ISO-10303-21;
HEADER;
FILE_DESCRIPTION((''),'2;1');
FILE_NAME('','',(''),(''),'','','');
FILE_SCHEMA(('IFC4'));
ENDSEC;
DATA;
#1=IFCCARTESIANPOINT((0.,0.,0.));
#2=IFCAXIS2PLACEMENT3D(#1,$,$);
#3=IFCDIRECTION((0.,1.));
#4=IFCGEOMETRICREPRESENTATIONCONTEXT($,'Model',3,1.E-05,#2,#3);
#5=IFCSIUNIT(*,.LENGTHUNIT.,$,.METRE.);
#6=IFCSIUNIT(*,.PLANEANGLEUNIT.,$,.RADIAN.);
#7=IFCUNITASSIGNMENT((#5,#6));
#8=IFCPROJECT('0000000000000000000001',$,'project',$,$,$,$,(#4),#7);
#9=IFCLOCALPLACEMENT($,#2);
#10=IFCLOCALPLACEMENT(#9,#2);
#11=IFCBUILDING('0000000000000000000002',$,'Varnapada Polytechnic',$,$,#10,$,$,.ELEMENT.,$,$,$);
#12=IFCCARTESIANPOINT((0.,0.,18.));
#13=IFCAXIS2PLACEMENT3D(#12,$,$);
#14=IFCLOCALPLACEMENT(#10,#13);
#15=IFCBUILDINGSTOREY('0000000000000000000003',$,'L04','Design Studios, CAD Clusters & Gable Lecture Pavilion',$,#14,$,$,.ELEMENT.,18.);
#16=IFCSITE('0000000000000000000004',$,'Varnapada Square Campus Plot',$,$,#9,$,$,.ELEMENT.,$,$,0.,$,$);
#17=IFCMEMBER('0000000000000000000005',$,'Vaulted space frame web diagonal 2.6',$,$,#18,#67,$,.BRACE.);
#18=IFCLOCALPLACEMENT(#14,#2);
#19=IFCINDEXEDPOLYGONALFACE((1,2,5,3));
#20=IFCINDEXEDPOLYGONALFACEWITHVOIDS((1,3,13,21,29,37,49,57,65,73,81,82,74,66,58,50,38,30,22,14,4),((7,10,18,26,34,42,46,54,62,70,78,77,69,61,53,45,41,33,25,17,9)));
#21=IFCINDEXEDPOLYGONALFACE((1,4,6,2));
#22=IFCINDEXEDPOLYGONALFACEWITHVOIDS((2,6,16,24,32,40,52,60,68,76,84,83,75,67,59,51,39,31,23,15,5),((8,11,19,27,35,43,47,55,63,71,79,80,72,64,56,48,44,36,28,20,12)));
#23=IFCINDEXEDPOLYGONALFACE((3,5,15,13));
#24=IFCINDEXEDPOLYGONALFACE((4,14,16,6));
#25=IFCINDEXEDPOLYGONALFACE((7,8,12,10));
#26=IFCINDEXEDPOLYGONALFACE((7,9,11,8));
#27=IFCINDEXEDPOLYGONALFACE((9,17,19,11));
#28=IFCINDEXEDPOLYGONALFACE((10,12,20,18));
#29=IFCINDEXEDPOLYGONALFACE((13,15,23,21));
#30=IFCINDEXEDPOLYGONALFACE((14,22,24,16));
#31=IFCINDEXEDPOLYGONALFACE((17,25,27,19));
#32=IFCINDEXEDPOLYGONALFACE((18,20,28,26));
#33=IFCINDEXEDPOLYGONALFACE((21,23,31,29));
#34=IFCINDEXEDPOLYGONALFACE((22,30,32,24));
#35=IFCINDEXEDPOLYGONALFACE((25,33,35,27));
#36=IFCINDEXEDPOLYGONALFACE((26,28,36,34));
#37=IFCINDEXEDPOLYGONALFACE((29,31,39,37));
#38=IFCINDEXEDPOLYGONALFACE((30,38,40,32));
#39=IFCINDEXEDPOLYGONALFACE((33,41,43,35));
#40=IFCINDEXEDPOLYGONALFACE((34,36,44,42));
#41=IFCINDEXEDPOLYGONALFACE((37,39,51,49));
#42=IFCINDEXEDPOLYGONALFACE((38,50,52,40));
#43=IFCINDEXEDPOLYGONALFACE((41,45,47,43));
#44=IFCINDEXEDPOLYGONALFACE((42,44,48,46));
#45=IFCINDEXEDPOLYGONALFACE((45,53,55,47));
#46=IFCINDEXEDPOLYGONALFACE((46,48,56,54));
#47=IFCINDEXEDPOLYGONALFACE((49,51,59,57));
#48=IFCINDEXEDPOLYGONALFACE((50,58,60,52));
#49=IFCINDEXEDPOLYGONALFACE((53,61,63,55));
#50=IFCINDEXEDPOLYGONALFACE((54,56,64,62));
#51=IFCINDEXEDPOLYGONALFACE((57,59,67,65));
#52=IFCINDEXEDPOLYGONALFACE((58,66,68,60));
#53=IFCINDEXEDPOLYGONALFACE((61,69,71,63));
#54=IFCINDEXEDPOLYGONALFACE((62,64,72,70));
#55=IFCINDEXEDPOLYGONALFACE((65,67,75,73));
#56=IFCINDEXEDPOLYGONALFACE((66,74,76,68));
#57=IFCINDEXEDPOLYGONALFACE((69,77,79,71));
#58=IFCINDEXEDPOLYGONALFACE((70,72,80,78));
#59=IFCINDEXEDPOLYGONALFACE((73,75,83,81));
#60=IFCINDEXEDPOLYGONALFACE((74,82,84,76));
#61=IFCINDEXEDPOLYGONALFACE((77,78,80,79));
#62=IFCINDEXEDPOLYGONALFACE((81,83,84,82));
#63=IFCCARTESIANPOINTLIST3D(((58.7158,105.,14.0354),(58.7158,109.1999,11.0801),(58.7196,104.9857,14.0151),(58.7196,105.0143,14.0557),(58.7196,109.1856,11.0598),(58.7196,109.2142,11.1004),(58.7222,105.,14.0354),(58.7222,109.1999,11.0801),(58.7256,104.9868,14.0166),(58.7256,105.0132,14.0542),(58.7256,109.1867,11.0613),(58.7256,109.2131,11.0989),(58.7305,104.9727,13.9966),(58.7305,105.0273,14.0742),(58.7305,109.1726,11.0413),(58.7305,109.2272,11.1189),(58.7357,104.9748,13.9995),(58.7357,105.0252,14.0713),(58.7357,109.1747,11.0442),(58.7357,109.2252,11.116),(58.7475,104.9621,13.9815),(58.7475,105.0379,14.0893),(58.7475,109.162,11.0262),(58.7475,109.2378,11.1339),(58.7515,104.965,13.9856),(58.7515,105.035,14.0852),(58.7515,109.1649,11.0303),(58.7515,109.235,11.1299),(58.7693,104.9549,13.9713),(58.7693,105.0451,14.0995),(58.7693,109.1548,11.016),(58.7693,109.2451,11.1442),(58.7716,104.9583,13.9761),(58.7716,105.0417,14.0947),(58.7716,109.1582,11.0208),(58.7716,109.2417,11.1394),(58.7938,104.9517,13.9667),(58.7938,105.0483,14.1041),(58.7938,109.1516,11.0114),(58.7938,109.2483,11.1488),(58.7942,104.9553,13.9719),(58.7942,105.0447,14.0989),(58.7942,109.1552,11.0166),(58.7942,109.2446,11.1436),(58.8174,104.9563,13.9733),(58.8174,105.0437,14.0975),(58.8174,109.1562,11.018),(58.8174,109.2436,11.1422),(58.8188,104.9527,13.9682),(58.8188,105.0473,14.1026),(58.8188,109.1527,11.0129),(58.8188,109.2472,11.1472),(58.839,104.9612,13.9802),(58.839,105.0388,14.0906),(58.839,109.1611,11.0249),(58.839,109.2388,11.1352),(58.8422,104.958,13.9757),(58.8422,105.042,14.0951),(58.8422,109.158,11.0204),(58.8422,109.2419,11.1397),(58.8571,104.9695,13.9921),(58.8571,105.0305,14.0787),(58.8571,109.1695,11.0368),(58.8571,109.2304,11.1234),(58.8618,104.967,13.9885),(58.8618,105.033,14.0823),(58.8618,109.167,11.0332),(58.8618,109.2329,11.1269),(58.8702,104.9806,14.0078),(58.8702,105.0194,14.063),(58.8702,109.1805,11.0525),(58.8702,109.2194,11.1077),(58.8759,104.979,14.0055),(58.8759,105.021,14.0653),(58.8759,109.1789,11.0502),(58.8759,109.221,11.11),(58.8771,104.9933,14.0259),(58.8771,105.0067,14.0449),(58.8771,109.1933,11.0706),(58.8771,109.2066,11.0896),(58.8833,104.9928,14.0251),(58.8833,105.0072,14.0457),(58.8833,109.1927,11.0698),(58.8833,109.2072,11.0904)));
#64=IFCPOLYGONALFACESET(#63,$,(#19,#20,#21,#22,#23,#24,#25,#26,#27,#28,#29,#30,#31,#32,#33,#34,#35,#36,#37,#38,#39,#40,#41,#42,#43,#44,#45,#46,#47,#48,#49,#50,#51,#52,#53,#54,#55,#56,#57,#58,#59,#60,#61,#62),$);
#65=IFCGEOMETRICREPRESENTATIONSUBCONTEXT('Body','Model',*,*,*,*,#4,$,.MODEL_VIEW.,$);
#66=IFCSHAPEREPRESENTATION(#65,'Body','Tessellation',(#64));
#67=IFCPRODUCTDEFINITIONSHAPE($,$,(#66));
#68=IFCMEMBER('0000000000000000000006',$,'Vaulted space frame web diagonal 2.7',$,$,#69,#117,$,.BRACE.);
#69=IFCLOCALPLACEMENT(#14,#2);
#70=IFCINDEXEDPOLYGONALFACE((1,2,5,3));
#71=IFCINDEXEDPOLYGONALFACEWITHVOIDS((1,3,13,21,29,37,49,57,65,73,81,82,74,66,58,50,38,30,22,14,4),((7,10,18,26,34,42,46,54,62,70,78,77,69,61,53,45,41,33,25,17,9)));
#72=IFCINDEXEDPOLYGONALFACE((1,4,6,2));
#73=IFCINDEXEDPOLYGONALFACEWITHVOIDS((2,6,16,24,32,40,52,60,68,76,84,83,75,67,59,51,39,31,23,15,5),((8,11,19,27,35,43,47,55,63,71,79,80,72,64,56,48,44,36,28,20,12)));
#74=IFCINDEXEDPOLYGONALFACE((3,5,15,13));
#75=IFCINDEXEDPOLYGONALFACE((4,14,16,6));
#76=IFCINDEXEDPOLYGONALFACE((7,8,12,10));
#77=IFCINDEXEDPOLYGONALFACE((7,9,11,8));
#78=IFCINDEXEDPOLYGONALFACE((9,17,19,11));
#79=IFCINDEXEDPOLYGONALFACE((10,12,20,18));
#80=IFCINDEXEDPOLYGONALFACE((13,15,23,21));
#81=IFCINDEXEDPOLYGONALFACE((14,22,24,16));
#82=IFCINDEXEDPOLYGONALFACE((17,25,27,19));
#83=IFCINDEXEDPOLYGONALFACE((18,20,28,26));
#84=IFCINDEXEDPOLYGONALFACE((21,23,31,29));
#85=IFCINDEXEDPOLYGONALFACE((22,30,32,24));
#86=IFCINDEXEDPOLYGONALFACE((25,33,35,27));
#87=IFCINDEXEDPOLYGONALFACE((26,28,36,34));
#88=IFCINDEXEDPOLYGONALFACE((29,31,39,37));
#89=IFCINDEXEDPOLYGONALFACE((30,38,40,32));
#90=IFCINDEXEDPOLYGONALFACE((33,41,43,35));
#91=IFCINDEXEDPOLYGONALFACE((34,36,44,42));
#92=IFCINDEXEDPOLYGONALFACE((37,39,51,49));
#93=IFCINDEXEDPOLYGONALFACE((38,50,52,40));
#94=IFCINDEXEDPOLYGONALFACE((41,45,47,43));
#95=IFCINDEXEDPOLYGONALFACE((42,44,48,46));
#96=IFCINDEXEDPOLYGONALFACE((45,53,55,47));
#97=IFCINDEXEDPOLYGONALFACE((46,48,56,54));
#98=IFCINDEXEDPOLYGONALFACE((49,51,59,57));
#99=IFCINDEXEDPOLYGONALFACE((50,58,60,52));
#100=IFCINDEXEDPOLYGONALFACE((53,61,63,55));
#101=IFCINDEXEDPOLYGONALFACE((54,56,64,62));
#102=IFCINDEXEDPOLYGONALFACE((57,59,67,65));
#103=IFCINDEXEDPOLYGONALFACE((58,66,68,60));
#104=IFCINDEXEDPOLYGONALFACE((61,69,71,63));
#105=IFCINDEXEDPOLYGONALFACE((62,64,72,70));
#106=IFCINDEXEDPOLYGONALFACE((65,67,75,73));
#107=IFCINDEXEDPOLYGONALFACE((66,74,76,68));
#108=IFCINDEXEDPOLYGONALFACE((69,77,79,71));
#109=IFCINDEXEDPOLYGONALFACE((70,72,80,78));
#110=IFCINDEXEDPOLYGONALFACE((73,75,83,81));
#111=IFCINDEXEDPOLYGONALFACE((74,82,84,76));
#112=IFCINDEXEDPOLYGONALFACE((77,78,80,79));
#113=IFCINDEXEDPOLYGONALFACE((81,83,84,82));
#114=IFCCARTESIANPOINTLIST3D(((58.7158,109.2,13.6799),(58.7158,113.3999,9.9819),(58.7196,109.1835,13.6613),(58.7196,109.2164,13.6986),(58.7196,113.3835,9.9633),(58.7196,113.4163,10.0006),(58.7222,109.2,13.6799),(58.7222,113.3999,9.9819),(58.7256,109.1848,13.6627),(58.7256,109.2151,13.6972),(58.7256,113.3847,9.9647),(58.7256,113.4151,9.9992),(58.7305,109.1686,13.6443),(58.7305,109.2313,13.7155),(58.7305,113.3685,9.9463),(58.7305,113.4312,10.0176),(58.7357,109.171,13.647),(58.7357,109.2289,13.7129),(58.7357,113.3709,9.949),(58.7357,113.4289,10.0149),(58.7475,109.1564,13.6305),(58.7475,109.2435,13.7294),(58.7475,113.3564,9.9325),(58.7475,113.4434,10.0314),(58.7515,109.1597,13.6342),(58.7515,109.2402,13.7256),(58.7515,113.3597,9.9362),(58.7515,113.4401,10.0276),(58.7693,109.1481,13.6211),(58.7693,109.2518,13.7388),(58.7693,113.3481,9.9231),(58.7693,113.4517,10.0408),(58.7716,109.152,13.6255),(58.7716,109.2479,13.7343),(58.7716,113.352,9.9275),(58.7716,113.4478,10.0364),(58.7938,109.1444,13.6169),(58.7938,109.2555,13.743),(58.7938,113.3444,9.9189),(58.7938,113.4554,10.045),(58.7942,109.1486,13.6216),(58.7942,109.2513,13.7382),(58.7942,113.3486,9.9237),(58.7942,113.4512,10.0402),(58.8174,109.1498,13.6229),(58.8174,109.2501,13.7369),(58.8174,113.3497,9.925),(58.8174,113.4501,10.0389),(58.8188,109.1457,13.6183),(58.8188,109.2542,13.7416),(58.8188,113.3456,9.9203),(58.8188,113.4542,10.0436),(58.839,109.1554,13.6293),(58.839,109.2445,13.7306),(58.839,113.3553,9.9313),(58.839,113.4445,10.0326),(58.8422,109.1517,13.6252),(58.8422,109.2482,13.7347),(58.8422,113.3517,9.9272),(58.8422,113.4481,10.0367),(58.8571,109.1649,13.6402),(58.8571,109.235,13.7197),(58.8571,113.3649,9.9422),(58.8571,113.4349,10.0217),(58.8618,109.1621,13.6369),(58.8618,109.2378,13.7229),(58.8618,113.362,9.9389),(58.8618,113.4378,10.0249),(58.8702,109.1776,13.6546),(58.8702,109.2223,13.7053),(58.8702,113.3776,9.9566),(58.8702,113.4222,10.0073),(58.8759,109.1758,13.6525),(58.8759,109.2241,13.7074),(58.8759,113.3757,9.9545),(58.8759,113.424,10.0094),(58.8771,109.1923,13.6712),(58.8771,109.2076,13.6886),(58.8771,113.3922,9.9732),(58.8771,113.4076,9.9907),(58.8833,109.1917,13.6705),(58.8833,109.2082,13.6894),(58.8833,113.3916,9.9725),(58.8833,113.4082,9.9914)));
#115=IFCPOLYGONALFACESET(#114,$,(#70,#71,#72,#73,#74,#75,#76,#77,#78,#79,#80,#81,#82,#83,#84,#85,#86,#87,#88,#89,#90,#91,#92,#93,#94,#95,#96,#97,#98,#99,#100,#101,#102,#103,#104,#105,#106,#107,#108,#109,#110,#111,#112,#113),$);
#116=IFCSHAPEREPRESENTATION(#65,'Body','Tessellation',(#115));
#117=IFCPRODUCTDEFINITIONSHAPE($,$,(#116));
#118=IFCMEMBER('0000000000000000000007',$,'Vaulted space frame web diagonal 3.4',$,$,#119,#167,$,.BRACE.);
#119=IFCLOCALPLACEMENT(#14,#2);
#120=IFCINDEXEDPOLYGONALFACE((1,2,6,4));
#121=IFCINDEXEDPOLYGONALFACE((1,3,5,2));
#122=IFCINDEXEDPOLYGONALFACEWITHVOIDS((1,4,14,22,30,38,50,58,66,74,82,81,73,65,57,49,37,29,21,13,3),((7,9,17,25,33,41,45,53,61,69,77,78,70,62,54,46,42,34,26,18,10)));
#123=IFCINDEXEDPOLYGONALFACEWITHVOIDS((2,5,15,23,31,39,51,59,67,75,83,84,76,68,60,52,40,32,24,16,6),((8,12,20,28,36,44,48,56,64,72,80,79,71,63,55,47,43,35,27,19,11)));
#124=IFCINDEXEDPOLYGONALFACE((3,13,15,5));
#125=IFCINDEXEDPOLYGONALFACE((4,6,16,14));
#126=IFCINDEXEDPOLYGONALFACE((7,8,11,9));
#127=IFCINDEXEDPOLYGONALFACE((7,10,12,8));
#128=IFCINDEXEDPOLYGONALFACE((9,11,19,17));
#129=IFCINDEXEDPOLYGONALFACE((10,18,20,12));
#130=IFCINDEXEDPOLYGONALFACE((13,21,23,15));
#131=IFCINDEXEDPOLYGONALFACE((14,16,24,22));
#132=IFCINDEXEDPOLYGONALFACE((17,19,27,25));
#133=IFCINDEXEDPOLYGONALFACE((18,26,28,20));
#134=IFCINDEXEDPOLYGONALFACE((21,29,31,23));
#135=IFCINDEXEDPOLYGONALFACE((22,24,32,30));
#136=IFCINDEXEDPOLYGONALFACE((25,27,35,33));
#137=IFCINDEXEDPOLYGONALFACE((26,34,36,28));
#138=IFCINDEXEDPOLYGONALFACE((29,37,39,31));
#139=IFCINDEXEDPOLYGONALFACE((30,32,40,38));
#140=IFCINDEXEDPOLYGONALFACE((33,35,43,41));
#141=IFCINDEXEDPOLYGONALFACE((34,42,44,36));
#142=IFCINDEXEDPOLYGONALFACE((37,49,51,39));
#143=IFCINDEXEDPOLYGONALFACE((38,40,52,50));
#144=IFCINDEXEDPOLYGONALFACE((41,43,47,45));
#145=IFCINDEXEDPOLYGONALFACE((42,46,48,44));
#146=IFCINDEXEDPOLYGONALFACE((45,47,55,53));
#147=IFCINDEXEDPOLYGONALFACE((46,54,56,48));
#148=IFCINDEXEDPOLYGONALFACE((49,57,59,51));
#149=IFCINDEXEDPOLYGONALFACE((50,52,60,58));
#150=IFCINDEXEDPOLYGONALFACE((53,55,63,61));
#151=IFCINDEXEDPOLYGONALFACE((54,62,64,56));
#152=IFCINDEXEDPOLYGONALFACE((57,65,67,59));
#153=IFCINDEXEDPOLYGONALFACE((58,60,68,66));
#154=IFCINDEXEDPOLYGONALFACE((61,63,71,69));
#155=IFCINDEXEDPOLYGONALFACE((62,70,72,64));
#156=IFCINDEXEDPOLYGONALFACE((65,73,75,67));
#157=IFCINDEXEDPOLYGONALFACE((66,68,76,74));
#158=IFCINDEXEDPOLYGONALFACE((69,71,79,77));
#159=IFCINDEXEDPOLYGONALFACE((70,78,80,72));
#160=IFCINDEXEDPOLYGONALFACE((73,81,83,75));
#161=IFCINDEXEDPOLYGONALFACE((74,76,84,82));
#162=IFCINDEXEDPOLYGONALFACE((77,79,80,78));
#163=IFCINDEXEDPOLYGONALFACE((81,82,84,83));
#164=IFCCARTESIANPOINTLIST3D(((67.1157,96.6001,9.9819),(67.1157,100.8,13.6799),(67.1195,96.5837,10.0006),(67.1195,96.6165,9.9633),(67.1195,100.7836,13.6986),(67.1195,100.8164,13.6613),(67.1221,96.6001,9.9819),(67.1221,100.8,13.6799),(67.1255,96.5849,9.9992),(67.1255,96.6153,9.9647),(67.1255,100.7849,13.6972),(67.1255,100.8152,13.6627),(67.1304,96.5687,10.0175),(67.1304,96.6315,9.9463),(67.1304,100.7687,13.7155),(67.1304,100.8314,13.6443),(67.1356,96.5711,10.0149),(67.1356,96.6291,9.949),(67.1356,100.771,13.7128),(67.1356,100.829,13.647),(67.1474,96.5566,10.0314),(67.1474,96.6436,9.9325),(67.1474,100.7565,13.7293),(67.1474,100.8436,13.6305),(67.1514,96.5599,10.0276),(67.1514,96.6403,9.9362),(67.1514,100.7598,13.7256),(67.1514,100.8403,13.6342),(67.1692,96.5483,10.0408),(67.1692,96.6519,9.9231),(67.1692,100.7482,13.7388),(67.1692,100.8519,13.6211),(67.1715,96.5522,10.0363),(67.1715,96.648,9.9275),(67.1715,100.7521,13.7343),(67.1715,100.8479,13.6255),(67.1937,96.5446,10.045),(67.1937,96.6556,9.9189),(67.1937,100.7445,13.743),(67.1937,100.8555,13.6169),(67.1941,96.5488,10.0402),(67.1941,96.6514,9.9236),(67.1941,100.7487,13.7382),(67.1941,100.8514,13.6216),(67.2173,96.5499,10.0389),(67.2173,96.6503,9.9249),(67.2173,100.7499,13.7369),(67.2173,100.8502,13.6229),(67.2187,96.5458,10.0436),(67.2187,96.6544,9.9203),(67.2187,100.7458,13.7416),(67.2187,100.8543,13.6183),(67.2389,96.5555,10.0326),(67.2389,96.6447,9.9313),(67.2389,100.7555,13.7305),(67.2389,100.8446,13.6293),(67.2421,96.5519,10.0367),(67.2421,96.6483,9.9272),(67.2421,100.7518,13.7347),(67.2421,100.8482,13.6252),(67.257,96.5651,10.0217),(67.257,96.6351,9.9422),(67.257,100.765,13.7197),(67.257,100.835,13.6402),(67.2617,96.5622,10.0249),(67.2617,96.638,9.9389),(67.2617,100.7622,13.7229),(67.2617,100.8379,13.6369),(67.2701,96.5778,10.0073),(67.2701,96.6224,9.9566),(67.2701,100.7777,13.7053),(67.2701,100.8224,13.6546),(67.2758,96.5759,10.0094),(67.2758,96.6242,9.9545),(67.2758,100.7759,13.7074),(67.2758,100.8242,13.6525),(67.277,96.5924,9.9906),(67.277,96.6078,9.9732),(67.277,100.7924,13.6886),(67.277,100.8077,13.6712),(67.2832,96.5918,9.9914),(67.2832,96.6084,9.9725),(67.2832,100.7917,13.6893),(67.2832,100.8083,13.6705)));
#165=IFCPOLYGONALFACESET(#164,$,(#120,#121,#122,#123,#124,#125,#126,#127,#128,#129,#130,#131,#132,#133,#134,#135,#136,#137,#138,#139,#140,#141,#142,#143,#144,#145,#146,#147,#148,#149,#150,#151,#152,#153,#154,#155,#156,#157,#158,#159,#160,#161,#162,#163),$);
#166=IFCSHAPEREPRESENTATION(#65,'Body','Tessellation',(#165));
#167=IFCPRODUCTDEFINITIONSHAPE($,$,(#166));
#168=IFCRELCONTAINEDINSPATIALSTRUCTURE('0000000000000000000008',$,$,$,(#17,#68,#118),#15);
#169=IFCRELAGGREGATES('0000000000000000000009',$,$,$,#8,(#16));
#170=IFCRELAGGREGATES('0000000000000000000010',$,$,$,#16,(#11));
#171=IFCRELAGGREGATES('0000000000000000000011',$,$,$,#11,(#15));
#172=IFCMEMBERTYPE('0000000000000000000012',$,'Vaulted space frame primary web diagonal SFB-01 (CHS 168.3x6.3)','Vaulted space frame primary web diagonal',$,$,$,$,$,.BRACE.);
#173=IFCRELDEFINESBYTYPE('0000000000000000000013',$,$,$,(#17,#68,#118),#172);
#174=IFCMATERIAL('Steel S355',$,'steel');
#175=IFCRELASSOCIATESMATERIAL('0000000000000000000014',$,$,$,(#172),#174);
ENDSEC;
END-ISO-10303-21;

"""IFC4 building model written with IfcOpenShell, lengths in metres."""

from ifc_helpers import new_model, si_unit, direction, frame, origin, origin_2d, place, context, subcontext, project, spatial, hollow_circle, extrude, material, material_profile, profile_set, type_object, element, save


model = new_model("IFC4")

# Units and contexts
model_context = context("Model", 3, precision=1e-05, world=origin(), true_north=direction((0.0, 1.0)))
body_context = subcontext(model_context, "Body", "Model", "MODEL_VIEW")
ifc_project = project(units=[si_unit("LENGTHUNIT", "METRE"), si_unit("PLANEANGLEUNIT", "RADIAN")], contexts=[model_context])

# Site, building, storey
site_placement = place(None, origin())
site = spatial("IfcSite", under=ifc_project, at=site_placement, Name="Varnapada Square Campus Plot", CompositionType="ELEMENT", RefElevation=0.0)
building_placement = place(site_placement, origin())
building = spatial("IfcBuilding", under=site, at=building_placement, Name="Varnapada Polytechnic", CompositionType="ELEMENT")
storey_placement = place(building_placement, frame((0.0, 0.0, 18.0)))
storey = spatial("IfcBuildingStorey", under=building, at=storey_placement, Name="L04", Description="Design Studios, CAD Clusters & Gable Lecture Pavilion", CompositionType="ELEMENT", Elevation=18.0)

# Shared definitions
ifc_material = material(Name="Steel S355", Category="steel")

# Members
ifc_material_profile_1 = material_profile(ifc_material, hollow_circle(Radius=0.0842, WallThickness=0.0063, at=origin_2d()), Name="CHS 168.3x6.3")
ifc_profile_set_1 = profile_set([ifc_material_profile_1], Name="Steel S355")
member_type_1 = type_object("IfcMemberType", Name="Vaulted space frame primary web diagonal SFB-01 (CHS 168.3x6.3)", Description="Vaulted space frame primary web diagonal", PredefinedType="BRACE", material=ifc_profile_set_1)
for number, where, z_axis, x_axis, name in (
    (1, (58.8, 105.0, 14.0354), (0.0, 0.817825, -0.575467), (-1.0, 0.0, 0.0), "Vaulted space frame web diagonal 2.6"),
):
    element("IfcMember", number, at=place(storey_placement, frame(where, z_axis=z_axis, x_axis=x_axis)), inside=storey, type_object=member_type_1, Name=name, PredefinedType="BRACE", context=body_context, shape_type="SweptSolid", body=[
        extrude(hollow_circle(Radius=0.0842, WallThickness=0.0063, at=origin_2d()), origin(), (0.0, 0.0, 1.0), 5.1355),
    ])
for number, where, z_axis, x_axis, name in (
    (2, (58.8, 109.2, 13.6799), (0.0, 0.750533, -0.660833), (-1.0, 0.0, 0.0), "Vaulted space frame web diagonal 2.7"),
    (3, (67.2, 96.6001, 9.9819), (0.0, 0.750533, 0.660833), (-1.0, 0.0, 0.0), "Vaulted space frame web diagonal 3.4"),
):
    element("IfcMember", number, at=place(storey_placement, frame(where, z_axis=z_axis, x_axis=x_axis)), inside=storey, type_object=member_type_1, Name=name, PredefinedType="BRACE", context=body_context, shape_type="SweptSolid", body=[
        extrude(hollow_circle(Radius=0.0842, WallThickness=0.0063, at=origin_2d()), origin(), (0.0, 0.0, 1.0), 5.5959),
    ])

save(model, "model.ifc")
